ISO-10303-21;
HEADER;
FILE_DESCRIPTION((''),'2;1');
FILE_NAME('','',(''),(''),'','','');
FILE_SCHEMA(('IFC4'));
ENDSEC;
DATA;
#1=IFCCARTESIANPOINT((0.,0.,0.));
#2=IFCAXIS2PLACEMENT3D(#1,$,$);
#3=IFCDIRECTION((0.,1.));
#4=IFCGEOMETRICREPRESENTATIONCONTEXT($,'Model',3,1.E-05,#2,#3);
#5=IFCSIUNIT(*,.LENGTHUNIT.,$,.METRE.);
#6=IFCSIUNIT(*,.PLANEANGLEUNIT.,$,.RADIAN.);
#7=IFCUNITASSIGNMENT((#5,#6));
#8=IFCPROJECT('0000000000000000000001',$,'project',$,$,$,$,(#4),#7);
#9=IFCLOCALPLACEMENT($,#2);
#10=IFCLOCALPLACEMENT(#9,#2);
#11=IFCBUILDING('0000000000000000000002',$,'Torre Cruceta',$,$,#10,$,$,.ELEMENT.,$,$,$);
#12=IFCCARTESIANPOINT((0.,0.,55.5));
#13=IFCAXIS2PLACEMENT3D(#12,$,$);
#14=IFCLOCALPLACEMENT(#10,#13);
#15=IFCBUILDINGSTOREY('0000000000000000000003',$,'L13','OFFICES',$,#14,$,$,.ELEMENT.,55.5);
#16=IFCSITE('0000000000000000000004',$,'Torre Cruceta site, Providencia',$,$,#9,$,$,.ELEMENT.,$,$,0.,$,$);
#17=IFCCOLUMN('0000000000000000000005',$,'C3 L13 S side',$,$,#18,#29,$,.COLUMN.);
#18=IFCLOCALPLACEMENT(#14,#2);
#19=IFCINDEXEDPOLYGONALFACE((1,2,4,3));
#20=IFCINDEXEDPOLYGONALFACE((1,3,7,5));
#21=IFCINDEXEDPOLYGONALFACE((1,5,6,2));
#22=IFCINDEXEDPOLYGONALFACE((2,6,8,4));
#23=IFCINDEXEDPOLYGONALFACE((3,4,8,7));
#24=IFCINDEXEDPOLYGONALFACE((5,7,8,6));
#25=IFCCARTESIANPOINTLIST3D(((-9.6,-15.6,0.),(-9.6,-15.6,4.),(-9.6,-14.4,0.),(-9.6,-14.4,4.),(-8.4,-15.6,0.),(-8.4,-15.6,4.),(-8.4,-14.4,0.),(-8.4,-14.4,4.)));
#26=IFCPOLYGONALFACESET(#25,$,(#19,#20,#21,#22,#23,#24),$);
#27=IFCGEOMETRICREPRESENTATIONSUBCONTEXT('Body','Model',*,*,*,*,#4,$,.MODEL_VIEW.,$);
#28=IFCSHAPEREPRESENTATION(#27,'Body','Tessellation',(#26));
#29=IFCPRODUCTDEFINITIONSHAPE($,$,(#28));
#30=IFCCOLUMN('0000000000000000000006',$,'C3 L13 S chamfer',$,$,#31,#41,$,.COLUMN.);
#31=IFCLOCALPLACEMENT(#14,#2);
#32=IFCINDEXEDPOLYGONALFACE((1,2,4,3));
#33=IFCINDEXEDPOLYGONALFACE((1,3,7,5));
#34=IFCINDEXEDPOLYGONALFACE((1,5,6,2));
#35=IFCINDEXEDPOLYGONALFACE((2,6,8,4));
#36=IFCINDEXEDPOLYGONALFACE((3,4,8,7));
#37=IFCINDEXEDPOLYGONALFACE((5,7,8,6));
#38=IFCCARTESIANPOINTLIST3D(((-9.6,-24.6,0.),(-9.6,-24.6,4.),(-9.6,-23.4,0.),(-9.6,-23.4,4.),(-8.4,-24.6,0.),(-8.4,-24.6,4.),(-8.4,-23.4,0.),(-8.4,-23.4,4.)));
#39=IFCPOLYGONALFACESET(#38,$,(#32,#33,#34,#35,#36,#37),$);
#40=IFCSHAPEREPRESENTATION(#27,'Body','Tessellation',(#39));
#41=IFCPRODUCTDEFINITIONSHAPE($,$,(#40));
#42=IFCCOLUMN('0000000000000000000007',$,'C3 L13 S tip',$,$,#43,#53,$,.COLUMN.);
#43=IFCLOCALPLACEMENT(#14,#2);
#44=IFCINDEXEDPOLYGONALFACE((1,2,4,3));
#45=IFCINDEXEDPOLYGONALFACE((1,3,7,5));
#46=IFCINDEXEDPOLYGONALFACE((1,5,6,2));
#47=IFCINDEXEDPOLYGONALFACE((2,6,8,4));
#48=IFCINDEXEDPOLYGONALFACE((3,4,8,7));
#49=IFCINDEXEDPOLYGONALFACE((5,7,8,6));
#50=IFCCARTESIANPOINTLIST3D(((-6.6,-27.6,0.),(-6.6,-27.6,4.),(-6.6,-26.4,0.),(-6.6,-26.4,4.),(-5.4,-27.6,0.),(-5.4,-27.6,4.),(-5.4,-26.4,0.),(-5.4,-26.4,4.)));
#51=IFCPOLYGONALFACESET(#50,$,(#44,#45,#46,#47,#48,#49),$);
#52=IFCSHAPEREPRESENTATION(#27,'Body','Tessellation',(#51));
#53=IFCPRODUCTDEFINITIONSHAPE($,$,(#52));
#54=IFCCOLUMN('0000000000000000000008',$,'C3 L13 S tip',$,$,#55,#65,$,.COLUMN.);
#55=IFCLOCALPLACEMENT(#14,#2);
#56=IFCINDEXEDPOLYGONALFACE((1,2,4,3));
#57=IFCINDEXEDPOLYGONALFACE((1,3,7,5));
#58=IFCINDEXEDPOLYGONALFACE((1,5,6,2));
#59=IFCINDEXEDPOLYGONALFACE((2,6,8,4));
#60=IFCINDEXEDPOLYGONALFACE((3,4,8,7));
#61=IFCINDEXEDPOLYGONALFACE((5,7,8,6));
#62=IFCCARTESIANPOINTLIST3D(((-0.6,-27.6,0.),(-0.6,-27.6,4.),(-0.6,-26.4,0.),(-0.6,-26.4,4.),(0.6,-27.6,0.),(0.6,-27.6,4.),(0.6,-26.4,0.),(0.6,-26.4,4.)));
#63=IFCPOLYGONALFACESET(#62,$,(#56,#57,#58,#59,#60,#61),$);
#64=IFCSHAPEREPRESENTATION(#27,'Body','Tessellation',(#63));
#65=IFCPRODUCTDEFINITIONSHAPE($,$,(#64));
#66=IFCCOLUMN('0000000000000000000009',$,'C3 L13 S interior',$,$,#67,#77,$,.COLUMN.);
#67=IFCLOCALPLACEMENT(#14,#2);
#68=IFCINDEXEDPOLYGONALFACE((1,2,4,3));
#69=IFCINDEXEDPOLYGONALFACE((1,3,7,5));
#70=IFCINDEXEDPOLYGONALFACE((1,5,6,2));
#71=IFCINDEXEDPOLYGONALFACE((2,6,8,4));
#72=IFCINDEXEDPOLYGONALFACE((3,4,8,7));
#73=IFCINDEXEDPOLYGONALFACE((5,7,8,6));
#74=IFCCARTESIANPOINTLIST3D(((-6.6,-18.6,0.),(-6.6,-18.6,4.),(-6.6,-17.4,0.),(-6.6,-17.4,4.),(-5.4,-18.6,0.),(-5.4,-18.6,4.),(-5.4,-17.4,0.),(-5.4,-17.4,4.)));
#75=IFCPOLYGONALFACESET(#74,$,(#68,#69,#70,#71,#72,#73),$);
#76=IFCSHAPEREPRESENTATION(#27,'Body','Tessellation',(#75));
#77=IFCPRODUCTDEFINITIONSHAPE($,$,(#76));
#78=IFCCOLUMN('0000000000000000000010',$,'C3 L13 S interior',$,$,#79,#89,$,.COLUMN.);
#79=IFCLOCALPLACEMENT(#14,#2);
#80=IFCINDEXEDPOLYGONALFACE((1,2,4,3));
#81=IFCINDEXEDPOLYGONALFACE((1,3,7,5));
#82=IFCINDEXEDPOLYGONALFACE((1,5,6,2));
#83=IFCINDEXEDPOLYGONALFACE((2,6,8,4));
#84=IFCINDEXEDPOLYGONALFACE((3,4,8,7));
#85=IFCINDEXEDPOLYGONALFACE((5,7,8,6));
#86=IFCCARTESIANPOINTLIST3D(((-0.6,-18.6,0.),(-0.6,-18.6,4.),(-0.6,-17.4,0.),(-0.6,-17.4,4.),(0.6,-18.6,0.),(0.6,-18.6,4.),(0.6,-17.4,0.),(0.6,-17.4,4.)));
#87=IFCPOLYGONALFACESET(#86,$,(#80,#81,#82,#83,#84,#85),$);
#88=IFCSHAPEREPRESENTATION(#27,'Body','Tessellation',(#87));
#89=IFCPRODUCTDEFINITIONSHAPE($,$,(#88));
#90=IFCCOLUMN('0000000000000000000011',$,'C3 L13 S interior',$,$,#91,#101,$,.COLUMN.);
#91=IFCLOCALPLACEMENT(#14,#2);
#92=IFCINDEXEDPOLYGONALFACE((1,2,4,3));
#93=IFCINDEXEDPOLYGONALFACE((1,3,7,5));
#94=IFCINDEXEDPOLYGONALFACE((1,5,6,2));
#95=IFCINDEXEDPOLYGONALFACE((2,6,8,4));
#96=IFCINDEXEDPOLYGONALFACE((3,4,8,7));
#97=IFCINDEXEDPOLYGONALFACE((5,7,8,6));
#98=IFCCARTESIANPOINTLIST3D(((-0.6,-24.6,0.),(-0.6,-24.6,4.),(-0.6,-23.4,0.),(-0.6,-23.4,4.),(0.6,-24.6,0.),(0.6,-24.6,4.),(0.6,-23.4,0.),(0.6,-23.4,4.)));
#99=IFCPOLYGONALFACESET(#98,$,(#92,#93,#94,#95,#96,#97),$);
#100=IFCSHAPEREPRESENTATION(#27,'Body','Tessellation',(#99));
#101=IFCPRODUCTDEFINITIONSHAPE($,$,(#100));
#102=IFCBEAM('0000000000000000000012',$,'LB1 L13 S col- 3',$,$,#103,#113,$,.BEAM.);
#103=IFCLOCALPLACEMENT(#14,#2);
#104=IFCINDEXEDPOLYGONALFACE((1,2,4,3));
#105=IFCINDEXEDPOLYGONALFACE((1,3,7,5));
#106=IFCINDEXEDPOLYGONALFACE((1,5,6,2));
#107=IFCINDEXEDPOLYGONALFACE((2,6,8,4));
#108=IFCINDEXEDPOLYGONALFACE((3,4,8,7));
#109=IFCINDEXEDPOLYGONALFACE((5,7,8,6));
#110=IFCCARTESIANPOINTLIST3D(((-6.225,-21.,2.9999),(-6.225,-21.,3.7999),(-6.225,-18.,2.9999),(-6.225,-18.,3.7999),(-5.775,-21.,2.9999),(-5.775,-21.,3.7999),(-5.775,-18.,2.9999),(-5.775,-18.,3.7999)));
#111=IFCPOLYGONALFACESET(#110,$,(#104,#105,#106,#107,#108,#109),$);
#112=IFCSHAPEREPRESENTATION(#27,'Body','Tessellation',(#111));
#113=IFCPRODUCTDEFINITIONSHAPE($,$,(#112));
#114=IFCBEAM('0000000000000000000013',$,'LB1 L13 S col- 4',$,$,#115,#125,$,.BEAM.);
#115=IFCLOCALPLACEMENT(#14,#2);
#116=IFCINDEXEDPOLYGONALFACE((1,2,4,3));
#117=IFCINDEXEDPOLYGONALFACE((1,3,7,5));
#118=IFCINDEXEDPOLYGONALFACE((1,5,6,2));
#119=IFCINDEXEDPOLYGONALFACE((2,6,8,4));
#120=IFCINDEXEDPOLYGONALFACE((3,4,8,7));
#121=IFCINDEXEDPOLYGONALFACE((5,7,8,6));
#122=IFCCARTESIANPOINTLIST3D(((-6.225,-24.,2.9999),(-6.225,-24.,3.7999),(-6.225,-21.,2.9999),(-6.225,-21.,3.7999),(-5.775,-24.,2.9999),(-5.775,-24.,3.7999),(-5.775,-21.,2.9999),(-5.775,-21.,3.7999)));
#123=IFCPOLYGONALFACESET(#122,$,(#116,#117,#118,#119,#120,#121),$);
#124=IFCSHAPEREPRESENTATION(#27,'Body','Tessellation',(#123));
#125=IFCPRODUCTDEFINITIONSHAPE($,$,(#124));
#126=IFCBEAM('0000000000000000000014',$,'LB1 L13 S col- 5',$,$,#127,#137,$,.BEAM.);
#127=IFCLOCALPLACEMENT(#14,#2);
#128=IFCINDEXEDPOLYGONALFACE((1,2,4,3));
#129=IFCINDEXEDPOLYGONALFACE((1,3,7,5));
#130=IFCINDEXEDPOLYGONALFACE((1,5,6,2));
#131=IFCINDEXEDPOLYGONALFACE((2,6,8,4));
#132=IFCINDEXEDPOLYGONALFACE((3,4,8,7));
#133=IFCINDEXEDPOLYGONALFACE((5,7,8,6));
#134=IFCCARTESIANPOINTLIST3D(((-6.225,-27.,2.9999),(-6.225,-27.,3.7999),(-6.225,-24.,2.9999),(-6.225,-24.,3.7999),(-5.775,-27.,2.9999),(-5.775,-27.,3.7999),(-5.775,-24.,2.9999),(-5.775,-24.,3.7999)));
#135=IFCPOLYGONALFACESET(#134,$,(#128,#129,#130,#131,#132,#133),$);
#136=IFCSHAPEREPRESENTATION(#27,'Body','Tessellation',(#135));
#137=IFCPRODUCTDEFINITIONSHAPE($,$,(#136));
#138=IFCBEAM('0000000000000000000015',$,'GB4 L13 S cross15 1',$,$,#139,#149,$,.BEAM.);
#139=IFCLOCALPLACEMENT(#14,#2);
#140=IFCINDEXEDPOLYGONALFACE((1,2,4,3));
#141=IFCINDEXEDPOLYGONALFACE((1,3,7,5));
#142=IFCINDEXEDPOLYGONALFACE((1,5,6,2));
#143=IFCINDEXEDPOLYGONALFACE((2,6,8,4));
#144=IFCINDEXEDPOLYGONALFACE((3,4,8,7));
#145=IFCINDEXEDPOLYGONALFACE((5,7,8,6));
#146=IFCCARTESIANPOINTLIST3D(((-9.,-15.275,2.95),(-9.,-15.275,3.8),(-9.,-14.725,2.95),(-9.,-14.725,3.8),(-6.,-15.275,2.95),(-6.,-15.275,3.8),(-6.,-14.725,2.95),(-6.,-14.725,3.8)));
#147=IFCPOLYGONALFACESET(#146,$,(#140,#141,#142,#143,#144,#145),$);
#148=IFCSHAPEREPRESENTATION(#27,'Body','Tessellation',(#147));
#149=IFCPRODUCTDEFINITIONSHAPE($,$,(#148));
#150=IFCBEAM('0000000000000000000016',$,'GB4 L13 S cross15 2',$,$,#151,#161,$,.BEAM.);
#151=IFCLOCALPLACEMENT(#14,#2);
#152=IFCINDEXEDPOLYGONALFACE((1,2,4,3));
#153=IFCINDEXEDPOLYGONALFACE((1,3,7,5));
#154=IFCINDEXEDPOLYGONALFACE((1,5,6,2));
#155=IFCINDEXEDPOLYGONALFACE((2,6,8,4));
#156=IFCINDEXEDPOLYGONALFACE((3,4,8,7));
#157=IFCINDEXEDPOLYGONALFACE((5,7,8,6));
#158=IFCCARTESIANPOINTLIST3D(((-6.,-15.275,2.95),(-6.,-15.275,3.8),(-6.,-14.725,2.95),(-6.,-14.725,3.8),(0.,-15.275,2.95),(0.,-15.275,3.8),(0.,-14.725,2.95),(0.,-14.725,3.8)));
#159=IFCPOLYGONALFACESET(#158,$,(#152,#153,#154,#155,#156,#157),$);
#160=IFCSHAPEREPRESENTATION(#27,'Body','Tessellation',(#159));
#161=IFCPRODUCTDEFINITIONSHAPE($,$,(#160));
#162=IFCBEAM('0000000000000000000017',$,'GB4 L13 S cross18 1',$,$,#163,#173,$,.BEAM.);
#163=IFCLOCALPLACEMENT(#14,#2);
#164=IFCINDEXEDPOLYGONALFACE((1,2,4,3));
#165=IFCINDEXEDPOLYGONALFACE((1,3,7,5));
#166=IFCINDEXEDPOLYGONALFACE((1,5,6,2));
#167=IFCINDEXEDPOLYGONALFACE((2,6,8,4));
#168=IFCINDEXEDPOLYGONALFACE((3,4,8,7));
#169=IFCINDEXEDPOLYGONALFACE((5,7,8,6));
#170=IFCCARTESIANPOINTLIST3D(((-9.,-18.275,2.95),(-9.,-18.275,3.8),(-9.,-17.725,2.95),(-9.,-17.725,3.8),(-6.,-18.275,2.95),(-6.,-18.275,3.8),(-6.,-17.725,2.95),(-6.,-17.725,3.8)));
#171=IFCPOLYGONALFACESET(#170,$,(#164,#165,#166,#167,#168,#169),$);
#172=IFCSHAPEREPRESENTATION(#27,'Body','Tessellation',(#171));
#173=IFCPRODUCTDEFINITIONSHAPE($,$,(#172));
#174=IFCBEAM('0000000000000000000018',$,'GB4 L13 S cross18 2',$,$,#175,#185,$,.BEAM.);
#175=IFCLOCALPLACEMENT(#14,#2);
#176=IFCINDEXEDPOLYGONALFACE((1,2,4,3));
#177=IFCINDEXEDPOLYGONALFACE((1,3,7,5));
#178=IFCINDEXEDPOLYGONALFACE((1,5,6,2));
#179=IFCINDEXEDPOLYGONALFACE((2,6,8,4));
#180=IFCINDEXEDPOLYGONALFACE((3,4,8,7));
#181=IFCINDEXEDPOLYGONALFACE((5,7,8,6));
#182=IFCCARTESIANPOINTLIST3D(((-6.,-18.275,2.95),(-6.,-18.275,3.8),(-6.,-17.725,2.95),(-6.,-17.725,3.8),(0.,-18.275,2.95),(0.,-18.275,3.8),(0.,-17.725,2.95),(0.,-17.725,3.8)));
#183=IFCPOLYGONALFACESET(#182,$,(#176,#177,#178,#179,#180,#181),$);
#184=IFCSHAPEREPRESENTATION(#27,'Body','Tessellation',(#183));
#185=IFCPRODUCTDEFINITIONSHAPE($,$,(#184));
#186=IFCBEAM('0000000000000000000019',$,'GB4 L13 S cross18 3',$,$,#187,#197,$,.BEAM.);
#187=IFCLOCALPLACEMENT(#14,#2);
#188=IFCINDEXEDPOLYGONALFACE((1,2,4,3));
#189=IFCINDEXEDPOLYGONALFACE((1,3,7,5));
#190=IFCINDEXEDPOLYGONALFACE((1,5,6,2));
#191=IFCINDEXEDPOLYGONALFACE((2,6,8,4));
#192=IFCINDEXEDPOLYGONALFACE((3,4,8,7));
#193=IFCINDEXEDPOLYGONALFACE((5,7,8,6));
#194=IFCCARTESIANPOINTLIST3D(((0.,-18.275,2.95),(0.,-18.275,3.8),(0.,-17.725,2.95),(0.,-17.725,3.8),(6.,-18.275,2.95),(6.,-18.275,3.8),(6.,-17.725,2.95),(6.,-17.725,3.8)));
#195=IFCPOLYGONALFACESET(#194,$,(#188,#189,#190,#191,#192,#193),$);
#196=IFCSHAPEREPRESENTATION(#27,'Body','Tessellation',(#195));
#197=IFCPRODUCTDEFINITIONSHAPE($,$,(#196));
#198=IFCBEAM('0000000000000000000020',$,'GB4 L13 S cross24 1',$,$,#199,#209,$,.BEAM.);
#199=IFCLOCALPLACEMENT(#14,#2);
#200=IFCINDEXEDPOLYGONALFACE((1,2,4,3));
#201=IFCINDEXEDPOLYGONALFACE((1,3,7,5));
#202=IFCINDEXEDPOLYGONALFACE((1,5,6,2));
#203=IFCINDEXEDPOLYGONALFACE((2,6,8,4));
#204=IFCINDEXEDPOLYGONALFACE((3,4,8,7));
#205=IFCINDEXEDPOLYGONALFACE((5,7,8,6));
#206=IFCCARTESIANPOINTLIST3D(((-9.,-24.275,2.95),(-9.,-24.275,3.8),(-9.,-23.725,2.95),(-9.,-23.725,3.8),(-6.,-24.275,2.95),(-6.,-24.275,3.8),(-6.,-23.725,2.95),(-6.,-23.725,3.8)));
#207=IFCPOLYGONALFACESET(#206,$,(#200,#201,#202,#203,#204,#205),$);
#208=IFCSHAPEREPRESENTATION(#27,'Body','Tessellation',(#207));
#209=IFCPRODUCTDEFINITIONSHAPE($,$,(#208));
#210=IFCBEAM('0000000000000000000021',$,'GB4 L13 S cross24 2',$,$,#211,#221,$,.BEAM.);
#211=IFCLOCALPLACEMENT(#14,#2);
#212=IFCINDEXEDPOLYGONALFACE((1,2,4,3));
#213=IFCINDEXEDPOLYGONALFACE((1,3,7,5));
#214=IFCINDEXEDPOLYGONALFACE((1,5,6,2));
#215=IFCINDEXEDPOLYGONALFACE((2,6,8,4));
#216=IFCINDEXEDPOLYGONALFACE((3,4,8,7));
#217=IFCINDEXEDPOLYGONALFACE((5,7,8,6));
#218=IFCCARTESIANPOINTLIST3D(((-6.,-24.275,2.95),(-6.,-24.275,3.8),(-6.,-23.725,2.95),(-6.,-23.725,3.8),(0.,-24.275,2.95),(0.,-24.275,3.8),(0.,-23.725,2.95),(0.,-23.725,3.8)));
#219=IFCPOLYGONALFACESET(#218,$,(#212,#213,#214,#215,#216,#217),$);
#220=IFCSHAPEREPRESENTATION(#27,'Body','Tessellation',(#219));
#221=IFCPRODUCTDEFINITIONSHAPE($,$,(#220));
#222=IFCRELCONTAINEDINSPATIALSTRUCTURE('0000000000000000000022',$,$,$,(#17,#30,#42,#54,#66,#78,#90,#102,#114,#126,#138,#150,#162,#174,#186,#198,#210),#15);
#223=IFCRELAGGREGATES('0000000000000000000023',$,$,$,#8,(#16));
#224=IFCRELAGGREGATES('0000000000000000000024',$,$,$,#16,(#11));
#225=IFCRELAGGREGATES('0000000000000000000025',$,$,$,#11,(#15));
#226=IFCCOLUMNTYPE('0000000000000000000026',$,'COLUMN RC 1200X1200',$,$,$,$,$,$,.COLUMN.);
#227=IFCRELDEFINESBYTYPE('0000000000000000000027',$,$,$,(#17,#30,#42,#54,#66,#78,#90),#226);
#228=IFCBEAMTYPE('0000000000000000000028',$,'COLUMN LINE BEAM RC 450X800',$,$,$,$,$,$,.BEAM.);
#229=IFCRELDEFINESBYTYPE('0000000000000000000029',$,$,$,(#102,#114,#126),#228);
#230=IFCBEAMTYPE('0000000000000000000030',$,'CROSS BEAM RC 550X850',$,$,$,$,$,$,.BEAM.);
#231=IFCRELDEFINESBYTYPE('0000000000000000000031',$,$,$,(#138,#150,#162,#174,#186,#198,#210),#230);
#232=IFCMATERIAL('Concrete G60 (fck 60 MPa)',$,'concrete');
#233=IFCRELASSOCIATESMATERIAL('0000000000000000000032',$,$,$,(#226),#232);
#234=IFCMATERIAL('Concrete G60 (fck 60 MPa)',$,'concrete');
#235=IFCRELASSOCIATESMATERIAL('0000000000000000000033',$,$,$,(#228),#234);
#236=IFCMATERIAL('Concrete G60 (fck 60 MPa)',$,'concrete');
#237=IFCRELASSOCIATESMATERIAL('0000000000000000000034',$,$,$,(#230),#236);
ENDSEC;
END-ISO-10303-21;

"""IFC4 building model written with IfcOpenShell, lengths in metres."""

from ifc_helpers import new_model, si_unit, direction, frame, origin, origin_2d, place, context, subcontext, project, spatial, rectangle, extrude, material, material_profile, profile_set, type_object, element, save


model = new_model("IFC4")

# Units and contexts
model_context = context("Model", 3, precision=1e-05, world=origin(), true_north=direction((0.0, 1.0)))
body_context = subcontext(model_context, "Body", "Model", "MODEL_VIEW")
ifc_project = project(units=[si_unit("LENGTHUNIT", "METRE"), si_unit("PLANEANGLEUNIT", "RADIAN")], contexts=[model_context])

# Site, building, storey
site_placement = place(None, origin())
site = spatial("IfcSite", under=ifc_project, at=site_placement, Name="Torre Cruceta site, Providencia", CompositionType="ELEMENT", RefElevation=0.0)
building_placement = place(site_placement, origin())
building = spatial("IfcBuilding", under=site, at=building_placement, Name="Torre Cruceta", CompositionType="ELEMENT")
storey_placement = place(building_placement, frame((0.0, 0.0, 55.5)))
storey = spatial("IfcBuildingStorey", under=building, at=storey_placement, Name="L13", Description="OFFICES", CompositionType="ELEMENT", Elevation=55.5)

# Columns
ifc_material_1 = material(Name="Concrete G60 (fck 60 MPa)", Category="concrete")
ifc_material_profile_1 = material_profile(ifc_material_1, rectangle(XDim=1.2, YDim=1.2, at=origin_2d()), Name="RC 1200X1200")
ifc_profile_set_1 = profile_set([ifc_material_profile_1], Name="Concrete G60 (fck 60 MPa)")
column_type = type_object("IfcColumnType", Name="COLUMN RC 1200X1200", PredefinedType="COLUMN", material=ifc_profile_set_1)
for number, where, z_axis, x_axis, name in (
    (1, (-9.0, -15.0, 0.0), (0.0, 0.0, 1.0), (1.0, 0.0, 0.0), "C3 L13 S side"),
    (2, (-9.0, -24.0, 0.0), (0.0, 0.0, 1.0), (1.0, 0.0, 0.0), "C3 L13 S chamfer"),
    (3, (-6.0, -27.0, 0.0), (0.0, 0.0, 1.0), (1.0, 0.0, 0.0), "C3 L13 S tip"),
    (4, (0.0, -27.0, 0.0), (0.0, 0.0, 1.0), (1.0, 0.0, 0.0), "C3 L13 S tip"),
    (5, (-6.0, -18.0, 0.0), (0.0, 0.0, 1.0), (1.0, 0.0, 0.0), "C3 L13 S interior"),
    (6, (0.0, -18.0, 0.0), (0.0, 0.0, 1.0), (1.0, 0.0, 0.0), "C3 L13 S interior"),
    (7, (0.0, -24.0, 0.0), (0.0, 0.0, 1.0), (1.0, 0.0, 0.0), "C3 L13 S interior"),
):
    element("IfcColumn", number, at=place(storey_placement, frame(where, z_axis=z_axis, x_axis=x_axis)), inside=storey, type_object=column_type, Name=name, PredefinedType="COLUMN", context=body_context, shape_type="SweptSolid", body=[
        extrude(rectangle(XDim=1.2, YDim=1.2, at=origin_2d()), origin(), (0.0, 0.0, 1.0), 4.0),
    ])

# Beams
ifc_material_2 = material(Name="Concrete G60 (fck 60 MPa)", Category="concrete")
ifc_material_profile_2 = material_profile(ifc_material_2, rectangle(XDim=0.45, YDim=0.8, at=origin_2d()), Name="RC 450X800")
ifc_profile_set_2 = profile_set([ifc_material_profile_2], Name="Concrete G60 (fck 60 MPa)")
beam_type_1 = type_object("IfcBeamType", Name="COLUMN LINE BEAM RC 450X800", PredefinedType="BEAM", material=ifc_profile_set_2)
for number, where, z_axis, x_axis, name in (
    (8, (-6.0, -18.0, 3.3999), (0.0, -1.0, 0.0), (1.0, 0.0, 0.0), "LB1 L13 S col- 3"),
    (9, (-6.0, -21.0, 3.3999), (0.0, -1.0, 0.0), (1.0, 0.0, 0.0), "LB1 L13 S col- 4"),
    (10, (-6.0, -24.0, 3.3999), (0.0, -1.0, 0.0), (1.0, 0.0, 0.0), "LB1 L13 S col- 5"),
):
    element("IfcBeam", number, at=place(storey_placement, frame(where, z_axis=z_axis, x_axis=x_axis)), inside=storey, type_object=beam_type_1, Name=name, PredefinedType="BEAM", context=body_context, shape_type="SweptSolid", body=[
        extrude(rectangle(XDim=0.45, YDim=0.8, at=origin_2d()), origin(), (0.0, 0.0, 1.0), 3.0),
    ])
ifc_material_3 = material(Name="Concrete G60 (fck 60 MPa)", Category="concrete")
ifc_material_profile_3 = material_profile(ifc_material_3, rectangle(XDim=0.55, YDim=0.8501, at=origin_2d()), Name="RC 550X850")
ifc_profile_set_3 = profile_set([ifc_material_profile_3], Name="Concrete G60 (fck 60 MPa)")
beam_type_2 = type_object("IfcBeamType", Name="CROSS BEAM RC 550X850", PredefinedType="BEAM", material=ifc_profile_set_3)
beam_1_placement = place(storey_placement, frame((-9.0, -15.0, 3.375), z_axis=(1.0, 0.0, 0.0), x_axis=(0.0, 1.0, 0.0)))
element("IfcBeam", 11, at=beam_1_placement, inside=storey, type_object=beam_type_2, Name="GB4 L13 S cross15 1", PredefinedType="BEAM", context=body_context, shape_type="SweptSolid", body=[
    extrude(rectangle(XDim=0.55, YDim=0.8501, at=origin_2d()), origin(), (0.0, 0.0, 1.0), 3.0),
])
beam_2_placement = place(storey_placement, frame((-6.0, -15.0, 3.375), z_axis=(1.0, 0.0, 0.0), x_axis=(0.0, 1.0, 0.0)))
element("IfcBeam", 12, at=beam_2_placement, inside=storey, type_object=beam_type_2, Name="GB4 L13 S cross15 2", PredefinedType="BEAM", context=body_context, shape_type="SweptSolid", body=[
    extrude(rectangle(XDim=0.55, YDim=0.8501, at=origin_2d()), origin(), (0.0, 0.0, 1.0), 6.0),
])
beam_3_placement = place(storey_placement, frame((-9.0, -18.0, 3.375), z_axis=(1.0, 0.0, 0.0), x_axis=(0.0, 1.0, 0.0)))
element("IfcBeam", 13, at=beam_3_placement, inside=storey, type_object=beam_type_2, Name="GB4 L13 S cross18 1", PredefinedType="BEAM", context=body_context, shape_type="SweptSolid", body=[
    extrude(rectangle(XDim=0.55, YDim=0.8501, at=origin_2d()), origin(), (0.0, 0.0, 1.0), 3.0),
])
for number, where, z_axis, x_axis, name in (
    (14, (-6.0, -18.0, 3.375), (1.0, 0.0, 0.0), (0.0, 1.0, 0.0), "GB4 L13 S cross18 2"),
    (15, (0.0, -18.0, 3.375), (1.0, 0.0, 0.0), (0.0, 1.0, 0.0), "GB4 L13 S cross18 3"),
):
    element("IfcBeam", number, at=place(storey_placement, frame(where, z_axis=z_axis, x_axis=x_axis)), inside=storey, type_object=beam_type_2, Name=name, PredefinedType="BEAM", context=body_context, shape_type="SweptSolid", body=[
        extrude(rectangle(XDim=0.55, YDim=0.8501, at=origin_2d()), origin(), (0.0, 0.0, 1.0), 6.0),
    ])
beam_4_placement = place(storey_placement, frame((-9.0, -24.0, 3.375), z_axis=(1.0, 0.0, 0.0), x_axis=(0.0, 1.0, 0.0)))
element("IfcBeam", 16, at=beam_4_placement, inside=storey, type_object=beam_type_2, Name="GB4 L13 S cross24 1", PredefinedType="BEAM", context=body_context, shape_type="SweptSolid", body=[
    extrude(rectangle(XDim=0.55, YDim=0.8501, at=origin_2d()), origin(), (0.0, 0.0, 1.0), 3.0),
])
for number, where, z_axis, x_axis, name in (
    (17, (-6.0, -24.0, 3.375), (1.0, 0.0, 0.0), (0.0, 1.0, 0.0), "GB4 L13 S cross24 2"),
):
    element("IfcBeam", number, at=place(storey_placement, frame(where, z_axis=z_axis, x_axis=x_axis)), inside=storey, type_object=beam_type_2, Name=name, PredefinedType="BEAM", context=body_context, shape_type="SweptSolid", body=[
        extrude(rectangle(XDim=0.55, YDim=0.8501, at=origin_2d()), origin(), (0.0, 0.0, 1.0), 6.0),
    ])

save(model, "model.ifc")
